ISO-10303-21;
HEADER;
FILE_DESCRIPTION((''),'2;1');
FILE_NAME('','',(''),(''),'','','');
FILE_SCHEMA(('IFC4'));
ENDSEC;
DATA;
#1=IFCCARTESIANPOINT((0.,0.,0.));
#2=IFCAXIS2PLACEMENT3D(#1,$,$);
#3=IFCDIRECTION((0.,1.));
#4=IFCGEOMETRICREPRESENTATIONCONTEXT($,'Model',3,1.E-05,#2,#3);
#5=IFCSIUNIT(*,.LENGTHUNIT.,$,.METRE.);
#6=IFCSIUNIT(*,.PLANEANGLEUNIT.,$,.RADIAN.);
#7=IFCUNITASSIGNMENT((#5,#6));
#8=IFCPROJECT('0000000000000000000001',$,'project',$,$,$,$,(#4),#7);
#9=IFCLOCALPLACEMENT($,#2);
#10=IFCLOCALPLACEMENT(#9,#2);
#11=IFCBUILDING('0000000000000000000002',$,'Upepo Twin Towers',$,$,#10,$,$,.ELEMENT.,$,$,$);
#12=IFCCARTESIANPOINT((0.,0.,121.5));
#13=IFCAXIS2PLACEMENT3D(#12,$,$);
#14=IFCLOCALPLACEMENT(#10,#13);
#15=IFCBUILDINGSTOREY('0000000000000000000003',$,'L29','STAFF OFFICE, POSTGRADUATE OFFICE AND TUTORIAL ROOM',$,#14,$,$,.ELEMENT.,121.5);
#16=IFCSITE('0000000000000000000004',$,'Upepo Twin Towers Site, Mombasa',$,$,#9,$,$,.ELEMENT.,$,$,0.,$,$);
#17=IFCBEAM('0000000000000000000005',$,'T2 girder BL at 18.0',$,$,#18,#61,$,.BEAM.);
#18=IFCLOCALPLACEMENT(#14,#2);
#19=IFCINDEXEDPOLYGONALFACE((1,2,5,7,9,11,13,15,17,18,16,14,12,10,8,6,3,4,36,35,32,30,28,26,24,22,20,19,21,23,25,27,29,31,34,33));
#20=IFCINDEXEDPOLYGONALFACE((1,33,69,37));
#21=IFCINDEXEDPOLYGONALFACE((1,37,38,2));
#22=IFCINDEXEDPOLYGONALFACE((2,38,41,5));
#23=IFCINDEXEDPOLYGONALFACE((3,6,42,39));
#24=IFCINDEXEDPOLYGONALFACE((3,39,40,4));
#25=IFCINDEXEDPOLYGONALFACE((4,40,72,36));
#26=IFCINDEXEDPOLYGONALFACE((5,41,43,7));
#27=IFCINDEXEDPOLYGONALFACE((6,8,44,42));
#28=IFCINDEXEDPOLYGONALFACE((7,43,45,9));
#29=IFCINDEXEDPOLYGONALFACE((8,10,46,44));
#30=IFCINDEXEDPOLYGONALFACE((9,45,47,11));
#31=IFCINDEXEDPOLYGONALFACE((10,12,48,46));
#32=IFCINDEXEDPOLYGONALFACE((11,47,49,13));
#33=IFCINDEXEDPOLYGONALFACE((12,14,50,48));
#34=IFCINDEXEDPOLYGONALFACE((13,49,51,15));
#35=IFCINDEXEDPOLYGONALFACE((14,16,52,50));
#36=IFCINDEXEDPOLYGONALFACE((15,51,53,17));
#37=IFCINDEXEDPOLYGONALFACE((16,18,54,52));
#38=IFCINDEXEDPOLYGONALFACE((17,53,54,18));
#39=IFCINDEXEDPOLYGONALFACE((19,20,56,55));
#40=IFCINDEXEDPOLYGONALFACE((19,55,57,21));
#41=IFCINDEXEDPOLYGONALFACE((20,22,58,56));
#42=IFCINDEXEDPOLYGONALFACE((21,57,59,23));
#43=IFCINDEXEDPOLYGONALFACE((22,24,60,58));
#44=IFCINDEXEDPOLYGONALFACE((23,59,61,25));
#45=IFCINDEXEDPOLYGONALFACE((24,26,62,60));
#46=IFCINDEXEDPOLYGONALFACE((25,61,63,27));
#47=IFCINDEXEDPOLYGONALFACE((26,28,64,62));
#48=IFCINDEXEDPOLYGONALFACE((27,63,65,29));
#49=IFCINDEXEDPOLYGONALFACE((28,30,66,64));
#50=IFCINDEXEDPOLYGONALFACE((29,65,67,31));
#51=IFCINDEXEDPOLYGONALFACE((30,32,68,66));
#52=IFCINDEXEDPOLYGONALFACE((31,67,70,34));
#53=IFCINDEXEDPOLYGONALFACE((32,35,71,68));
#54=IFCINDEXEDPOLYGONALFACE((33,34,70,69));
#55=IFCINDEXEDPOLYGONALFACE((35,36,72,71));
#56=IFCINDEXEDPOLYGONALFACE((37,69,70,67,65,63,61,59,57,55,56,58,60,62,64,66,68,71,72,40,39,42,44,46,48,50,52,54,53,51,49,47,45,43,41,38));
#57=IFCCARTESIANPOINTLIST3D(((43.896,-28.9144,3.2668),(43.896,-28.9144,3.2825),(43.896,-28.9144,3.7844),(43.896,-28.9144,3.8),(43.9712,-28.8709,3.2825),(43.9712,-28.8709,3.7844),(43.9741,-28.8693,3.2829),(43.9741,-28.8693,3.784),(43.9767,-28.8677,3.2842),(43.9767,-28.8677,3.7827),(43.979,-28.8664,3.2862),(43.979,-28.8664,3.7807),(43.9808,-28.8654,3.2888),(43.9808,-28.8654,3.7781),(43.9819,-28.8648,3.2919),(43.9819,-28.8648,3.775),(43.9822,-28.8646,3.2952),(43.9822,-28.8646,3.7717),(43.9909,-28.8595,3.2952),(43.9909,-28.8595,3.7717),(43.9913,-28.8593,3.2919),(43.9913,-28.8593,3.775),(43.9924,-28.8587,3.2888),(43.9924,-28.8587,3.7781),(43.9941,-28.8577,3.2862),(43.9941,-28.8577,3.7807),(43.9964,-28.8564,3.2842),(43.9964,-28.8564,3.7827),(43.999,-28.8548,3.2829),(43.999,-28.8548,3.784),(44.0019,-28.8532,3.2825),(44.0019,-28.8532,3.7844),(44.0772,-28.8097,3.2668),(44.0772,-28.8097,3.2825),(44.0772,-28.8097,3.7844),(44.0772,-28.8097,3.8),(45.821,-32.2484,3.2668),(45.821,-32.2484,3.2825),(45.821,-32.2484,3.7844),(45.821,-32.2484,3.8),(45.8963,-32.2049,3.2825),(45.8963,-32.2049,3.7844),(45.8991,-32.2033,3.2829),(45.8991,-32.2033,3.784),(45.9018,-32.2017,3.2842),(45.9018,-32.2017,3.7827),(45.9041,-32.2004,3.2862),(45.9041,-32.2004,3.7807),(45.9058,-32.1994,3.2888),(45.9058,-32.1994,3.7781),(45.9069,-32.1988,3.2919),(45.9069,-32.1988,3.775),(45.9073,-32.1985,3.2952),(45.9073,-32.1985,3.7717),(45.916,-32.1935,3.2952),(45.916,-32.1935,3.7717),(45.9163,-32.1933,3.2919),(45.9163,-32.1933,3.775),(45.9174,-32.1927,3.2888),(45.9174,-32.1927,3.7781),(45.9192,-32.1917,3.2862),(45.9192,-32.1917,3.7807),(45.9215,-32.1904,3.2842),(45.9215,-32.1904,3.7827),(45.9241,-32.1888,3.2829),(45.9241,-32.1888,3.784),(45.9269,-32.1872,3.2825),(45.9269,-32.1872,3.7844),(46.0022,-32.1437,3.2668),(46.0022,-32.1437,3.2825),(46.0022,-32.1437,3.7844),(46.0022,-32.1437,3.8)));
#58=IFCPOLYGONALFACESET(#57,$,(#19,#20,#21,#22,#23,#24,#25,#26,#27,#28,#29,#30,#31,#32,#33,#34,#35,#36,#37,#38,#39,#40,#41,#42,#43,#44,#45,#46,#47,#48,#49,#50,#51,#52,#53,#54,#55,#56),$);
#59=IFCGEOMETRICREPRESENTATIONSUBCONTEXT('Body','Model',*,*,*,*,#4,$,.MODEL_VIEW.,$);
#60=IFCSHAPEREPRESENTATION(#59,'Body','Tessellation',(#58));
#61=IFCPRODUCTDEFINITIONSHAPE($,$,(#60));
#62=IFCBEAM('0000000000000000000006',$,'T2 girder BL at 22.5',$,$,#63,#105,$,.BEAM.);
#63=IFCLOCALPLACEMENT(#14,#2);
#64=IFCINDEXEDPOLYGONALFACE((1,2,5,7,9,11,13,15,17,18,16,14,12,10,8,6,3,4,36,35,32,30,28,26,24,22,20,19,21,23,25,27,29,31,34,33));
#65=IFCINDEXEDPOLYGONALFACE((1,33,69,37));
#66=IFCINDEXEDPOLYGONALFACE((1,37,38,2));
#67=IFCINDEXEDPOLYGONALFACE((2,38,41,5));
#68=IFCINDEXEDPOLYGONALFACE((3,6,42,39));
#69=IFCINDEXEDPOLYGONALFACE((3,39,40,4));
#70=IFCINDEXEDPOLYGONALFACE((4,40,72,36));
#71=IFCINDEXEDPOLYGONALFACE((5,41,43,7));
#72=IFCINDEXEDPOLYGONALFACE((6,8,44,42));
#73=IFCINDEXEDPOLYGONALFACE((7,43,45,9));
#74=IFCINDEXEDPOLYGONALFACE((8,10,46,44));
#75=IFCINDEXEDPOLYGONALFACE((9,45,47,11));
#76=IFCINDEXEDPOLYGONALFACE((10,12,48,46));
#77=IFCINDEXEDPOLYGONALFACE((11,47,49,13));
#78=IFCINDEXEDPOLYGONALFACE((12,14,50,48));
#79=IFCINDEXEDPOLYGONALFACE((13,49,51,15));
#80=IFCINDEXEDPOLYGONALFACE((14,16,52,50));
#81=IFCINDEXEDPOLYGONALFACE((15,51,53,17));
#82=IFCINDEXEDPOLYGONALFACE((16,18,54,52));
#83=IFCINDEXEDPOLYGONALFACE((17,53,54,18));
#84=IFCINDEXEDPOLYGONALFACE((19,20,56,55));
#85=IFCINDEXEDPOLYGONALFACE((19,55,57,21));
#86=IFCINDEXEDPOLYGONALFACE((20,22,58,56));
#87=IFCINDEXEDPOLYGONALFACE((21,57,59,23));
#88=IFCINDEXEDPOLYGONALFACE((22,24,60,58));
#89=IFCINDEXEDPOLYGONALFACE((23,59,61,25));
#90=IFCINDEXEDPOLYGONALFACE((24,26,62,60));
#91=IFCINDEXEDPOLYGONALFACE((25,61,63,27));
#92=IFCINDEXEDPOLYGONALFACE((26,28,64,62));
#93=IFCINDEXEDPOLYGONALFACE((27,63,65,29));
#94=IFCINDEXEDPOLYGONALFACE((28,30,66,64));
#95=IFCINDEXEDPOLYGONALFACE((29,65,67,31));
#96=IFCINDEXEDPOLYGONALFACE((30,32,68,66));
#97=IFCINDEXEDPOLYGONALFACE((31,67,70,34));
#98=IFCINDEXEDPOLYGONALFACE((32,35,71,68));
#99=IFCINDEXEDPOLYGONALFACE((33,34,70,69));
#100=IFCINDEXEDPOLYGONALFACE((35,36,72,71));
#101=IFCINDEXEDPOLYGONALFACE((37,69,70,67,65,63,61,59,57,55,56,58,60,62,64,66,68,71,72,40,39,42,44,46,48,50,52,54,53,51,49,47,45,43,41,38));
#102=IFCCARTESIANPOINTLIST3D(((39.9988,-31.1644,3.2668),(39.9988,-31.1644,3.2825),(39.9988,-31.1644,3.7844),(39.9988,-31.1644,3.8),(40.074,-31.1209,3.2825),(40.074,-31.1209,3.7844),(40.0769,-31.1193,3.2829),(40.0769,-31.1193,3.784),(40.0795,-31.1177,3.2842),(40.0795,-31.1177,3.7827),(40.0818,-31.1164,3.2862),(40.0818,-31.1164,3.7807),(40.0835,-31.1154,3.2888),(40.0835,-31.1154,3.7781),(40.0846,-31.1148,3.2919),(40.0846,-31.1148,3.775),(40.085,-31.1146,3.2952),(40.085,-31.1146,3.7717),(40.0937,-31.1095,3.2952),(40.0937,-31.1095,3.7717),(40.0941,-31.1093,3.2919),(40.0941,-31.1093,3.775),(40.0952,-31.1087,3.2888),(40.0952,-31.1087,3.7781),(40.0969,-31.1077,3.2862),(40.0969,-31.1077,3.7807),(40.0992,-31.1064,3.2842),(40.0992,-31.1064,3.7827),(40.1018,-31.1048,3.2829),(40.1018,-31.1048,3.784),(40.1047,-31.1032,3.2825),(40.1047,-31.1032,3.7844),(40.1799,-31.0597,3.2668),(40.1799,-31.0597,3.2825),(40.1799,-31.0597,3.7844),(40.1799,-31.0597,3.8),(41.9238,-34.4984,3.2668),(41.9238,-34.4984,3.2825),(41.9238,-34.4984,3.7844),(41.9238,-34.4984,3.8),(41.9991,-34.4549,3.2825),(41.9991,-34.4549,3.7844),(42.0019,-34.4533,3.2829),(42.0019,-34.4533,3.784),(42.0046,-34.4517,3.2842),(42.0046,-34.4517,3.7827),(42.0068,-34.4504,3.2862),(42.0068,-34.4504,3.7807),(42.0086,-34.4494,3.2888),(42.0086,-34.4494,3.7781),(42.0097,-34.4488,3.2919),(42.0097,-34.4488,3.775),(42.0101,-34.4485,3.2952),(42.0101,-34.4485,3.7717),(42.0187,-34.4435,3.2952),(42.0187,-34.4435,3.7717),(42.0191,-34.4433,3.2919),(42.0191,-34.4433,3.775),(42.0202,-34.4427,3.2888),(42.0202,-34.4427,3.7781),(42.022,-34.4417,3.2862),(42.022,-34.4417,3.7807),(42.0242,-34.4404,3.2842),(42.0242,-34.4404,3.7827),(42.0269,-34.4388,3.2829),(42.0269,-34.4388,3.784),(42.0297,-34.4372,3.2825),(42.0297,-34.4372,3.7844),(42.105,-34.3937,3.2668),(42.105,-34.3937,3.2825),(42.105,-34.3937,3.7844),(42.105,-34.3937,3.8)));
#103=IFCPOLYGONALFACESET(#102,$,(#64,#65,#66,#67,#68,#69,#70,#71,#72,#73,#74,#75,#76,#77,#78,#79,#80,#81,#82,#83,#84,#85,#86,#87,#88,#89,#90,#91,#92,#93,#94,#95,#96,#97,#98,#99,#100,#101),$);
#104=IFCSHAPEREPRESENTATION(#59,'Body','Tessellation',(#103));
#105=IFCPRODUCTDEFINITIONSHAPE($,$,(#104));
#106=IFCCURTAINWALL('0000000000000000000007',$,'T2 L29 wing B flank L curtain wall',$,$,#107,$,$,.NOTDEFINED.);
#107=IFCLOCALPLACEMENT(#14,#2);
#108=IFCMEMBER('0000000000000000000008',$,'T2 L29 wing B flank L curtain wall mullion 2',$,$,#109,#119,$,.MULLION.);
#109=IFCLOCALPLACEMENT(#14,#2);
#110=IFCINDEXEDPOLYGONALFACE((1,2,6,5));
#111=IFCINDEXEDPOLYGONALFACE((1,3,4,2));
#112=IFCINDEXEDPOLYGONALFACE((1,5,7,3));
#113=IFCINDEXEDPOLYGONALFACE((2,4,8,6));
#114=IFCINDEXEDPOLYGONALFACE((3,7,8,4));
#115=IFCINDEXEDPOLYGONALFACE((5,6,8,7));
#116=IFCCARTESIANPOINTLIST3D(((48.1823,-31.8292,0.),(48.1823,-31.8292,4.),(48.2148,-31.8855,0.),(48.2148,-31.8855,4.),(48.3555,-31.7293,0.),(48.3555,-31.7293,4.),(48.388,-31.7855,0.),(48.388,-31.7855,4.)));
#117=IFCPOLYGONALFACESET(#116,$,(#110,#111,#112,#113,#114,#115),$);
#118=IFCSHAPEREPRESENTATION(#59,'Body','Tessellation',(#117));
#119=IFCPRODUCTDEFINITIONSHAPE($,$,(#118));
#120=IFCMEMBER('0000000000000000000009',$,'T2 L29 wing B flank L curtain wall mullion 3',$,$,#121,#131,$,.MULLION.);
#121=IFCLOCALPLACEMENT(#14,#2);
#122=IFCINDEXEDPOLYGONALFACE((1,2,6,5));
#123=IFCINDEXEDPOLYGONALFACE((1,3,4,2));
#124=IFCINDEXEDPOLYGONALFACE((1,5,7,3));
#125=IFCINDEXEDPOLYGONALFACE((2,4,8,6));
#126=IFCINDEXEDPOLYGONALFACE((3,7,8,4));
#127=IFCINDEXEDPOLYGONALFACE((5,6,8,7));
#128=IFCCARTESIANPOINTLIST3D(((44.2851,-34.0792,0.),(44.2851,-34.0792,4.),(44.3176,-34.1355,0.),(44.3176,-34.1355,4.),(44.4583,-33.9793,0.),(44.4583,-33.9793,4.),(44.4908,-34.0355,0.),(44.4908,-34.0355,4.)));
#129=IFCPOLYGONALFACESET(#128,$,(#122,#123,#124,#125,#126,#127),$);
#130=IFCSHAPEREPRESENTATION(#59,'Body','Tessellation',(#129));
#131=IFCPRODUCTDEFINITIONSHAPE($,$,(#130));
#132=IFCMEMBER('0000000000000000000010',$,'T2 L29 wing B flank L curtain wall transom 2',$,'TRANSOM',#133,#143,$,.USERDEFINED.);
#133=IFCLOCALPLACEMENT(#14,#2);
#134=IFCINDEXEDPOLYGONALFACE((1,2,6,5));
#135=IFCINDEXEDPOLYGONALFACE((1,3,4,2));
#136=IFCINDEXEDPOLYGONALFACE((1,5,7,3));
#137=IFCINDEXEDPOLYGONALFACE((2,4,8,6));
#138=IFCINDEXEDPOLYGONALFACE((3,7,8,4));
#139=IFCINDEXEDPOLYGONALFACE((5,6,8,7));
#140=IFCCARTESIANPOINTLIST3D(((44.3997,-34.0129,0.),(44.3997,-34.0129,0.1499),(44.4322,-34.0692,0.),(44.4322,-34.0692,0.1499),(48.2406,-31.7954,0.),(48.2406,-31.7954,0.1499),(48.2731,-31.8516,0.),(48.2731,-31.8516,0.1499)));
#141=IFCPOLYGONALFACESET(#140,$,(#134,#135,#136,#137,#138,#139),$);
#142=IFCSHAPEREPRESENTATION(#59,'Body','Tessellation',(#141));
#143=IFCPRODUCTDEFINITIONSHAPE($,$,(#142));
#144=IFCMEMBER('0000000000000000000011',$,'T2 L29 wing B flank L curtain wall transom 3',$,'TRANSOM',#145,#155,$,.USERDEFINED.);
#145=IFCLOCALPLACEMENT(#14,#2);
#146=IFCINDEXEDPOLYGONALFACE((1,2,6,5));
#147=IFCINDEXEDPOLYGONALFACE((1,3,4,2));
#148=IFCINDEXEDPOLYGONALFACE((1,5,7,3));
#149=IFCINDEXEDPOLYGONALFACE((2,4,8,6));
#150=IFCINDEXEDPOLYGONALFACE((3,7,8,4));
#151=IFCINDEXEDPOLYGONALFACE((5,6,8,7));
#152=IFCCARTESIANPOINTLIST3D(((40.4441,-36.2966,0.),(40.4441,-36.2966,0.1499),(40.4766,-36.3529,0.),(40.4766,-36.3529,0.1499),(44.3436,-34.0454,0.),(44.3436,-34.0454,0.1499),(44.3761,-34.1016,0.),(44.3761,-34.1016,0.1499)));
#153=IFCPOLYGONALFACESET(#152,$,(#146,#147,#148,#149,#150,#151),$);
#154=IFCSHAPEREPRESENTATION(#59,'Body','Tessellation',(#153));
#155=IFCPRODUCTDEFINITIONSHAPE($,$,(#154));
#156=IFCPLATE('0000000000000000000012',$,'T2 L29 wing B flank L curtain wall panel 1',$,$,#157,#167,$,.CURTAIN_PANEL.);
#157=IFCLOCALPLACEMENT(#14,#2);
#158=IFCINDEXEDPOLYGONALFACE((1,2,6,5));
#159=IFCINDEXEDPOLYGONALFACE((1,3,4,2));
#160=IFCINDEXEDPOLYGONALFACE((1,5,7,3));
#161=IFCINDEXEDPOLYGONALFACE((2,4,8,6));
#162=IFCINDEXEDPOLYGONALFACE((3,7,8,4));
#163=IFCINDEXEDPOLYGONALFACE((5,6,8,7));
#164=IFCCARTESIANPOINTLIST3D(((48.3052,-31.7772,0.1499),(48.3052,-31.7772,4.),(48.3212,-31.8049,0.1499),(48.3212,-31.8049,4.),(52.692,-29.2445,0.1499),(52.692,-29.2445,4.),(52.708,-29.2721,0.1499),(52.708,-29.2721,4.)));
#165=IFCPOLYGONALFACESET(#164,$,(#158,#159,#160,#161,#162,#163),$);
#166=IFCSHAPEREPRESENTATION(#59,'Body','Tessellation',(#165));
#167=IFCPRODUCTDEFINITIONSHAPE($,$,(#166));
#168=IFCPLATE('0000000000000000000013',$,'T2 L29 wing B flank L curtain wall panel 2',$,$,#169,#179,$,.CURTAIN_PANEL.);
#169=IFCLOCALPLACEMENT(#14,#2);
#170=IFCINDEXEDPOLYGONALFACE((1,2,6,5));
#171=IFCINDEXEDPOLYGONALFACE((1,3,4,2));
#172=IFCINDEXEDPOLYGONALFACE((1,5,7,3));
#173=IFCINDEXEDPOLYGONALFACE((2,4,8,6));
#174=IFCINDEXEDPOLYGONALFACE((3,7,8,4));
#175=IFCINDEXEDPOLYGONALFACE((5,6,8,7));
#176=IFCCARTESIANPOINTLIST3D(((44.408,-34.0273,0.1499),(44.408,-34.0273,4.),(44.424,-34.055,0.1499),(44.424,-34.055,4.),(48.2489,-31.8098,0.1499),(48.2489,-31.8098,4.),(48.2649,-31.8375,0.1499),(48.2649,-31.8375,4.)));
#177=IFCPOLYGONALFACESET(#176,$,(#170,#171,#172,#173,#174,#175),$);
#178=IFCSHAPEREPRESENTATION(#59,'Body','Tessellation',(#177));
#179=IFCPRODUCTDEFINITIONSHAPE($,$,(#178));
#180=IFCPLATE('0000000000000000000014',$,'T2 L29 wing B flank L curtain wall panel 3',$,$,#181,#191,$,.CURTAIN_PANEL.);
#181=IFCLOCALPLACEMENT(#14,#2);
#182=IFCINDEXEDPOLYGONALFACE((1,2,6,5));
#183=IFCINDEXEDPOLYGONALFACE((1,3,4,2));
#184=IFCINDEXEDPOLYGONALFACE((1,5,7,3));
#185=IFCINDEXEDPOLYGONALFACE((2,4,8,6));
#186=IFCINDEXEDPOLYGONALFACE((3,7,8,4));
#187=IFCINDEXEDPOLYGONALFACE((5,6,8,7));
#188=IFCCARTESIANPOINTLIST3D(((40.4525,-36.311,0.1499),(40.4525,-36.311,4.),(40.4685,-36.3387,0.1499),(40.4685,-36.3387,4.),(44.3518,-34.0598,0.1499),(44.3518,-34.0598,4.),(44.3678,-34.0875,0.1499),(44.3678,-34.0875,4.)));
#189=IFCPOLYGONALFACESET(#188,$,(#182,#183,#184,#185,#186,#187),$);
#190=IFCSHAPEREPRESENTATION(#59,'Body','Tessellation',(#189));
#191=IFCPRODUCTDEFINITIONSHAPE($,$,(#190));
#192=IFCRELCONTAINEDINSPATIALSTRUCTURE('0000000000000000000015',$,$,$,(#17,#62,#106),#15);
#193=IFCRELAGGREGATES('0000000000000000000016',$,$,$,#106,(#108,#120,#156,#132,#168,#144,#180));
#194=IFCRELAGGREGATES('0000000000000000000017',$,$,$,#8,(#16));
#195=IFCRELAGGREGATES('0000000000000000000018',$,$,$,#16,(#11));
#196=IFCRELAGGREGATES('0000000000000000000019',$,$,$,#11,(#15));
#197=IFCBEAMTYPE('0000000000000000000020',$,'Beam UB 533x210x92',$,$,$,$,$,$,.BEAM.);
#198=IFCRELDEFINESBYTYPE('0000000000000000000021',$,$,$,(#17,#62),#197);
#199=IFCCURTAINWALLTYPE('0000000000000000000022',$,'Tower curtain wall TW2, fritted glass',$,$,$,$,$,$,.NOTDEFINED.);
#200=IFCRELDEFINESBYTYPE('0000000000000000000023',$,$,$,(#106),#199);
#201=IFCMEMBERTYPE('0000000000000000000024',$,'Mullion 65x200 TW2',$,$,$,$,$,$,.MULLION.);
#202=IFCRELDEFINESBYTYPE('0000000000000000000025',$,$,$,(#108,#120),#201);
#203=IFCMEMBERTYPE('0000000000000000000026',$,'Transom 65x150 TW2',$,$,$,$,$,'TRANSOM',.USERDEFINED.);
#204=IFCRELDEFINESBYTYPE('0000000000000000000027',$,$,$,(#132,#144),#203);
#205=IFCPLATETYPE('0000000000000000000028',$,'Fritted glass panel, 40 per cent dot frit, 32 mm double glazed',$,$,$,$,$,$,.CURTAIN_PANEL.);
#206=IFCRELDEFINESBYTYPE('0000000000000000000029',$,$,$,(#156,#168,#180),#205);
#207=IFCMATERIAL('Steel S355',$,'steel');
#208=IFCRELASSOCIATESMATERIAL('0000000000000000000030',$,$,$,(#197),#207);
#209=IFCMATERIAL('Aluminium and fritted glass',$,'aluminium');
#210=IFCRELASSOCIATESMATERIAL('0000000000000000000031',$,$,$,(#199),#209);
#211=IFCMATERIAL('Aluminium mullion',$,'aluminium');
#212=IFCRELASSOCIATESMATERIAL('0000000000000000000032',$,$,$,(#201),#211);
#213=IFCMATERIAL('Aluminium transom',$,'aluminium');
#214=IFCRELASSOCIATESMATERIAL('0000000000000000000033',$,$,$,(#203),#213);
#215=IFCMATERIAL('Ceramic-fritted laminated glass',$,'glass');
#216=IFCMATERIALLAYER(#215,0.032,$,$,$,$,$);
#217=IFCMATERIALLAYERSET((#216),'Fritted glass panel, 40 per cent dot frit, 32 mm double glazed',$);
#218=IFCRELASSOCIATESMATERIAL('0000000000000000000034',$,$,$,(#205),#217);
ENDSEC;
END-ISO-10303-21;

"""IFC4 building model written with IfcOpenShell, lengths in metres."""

from ifc_helpers import new_model, si_unit, direction, frame, origin, origin_2d, place, context, subcontext, project, spatial, rectangle, i_section, extrude, material, layer, layer_set, material_profile, profile_set, type_object, element, aggregate, save


model = new_model("IFC4")

# Units and contexts
model_context = context("Model", 3, precision=1e-05, world=origin(), true_north=direction((0.0, 1.0)))
body_context = subcontext(model_context, "Body", "Model", "MODEL_VIEW")
ifc_project = project(units=[si_unit("LENGTHUNIT", "METRE"), si_unit("PLANEANGLEUNIT", "RADIAN")], contexts=[model_context])

# Site, building, storey
site_placement = place(None, origin())
site = spatial("IfcSite", under=ifc_project, at=site_placement, Name="Upepo Twin Towers Site, Mombasa", CompositionType="ELEMENT", RefElevation=0.0)
building_placement = place(site_placement, origin())
building = spatial("IfcBuilding", under=site, at=building_placement, Name="Upepo Twin Towers", CompositionType="ELEMENT")
storey_placement = place(building_placement, frame((0.0, 0.0, 121.5)))
storey = spatial("IfcBuildingStorey", under=building, at=storey_placement, Name="L29", Description="STAFF OFFICE, POSTGRADUATE OFFICE AND TUTORIAL ROOM", CompositionType="ELEMENT", Elevation=121.5)

# Beams
ifc_material_1 = material(Name="Steel S355", Category="steel")
ifc_material_profile_1 = material_profile(ifc_material_1, i_section(OverallWidth=0.2092, OverallDepth=0.5332, WebThickness=0.01, FlangeThickness=0.0156, FilletRadius=0.0127, at=origin_2d()), Name="UB 533x210x92")
ifc_profile_set_1 = profile_set([ifc_material_profile_1], Name="Steel S355")
beam_type_1 = type_object("IfcBeamType", Name="Beam UB 533x210x92", PredefinedType="BEAM", material=ifc_profile_set_1)
for number, where, z_axis, x_axis, name in (
    (1, (45.9116, -32.196, 3.5334), (-0.500034, 0.866006, 0.0), (-0.866006, -0.500034, 0.0), "T2 girder BL at 18.0"),
    (2, (42.0144, -34.446, 3.5334), (-0.500034, 0.866006, 0.0), (-0.866006, -0.500034, 0.0), "T2 girder BL at 22.5"),
):
    element("IfcBeam", number, at=place(storey_placement, frame(where, z_axis=z_axis, x_axis=x_axis)), inside=storey, type_object=beam_type_1, Name=name, PredefinedType="BEAM", context=body_context, shape_type="SweptSolid", body=[
        extrude(i_section(OverallWidth=0.2092, OverallDepth=0.5332, WebThickness=0.01, FlangeThickness=0.0156, FilletRadius=0.0127, at=origin_2d()), origin(), (0.0, 0.0, 1.0), 3.8499),
    ])

# Curtain wall, members, plates
ifc_material_2 = material(Name="Aluminium and fritted glass", Category="aluminium")
curtain_wall_type = type_object("IfcCurtainWallType", Name="Tower curtain wall TW2, fritted glass", PredefinedType="NOTDEFINED", material=ifc_material_2)
curtain_wall_placement = place(storey_placement, origin())
curtain_wall = element("IfcCurtainWall", 3, at=curtain_wall_placement, inside=storey, type_object=curtain_wall_type, Name="T2 L29 wing B flank L curtain wall", PredefinedType="NOTDEFINED")
ifc_material_3 = material(Name="Aluminium mullion", Category="aluminium")
ifc_material_profile_2 = material_profile(ifc_material_3, rectangle(XDim=0.0649, YDim=0.2, at=origin_2d()), Name="MULLION 65x200")
ifc_profile_set_2 = profile_set([ifc_material_profile_2], Name="Aluminium mullion")
member_type_1 = type_object("IfcMemberType", Name="Mullion 65x200 TW2", PredefinedType="MULLION", material=ifc_profile_set_2)
member_1_placement = place(storey_placement, frame((48.2852, -31.8074, 0.0), z_axis=(0.0, 0.0, 1.0), x_axis=(0.5, -0.866025, 0.0)))
member_1 = element("IfcMember", 4, at=member_1_placement, type_object=member_type_1, Name="T2 L29 wing B flank L curtain wall mullion 2", PredefinedType="MULLION", context=body_context, shape_type="SweptSolid", body=[
    extrude(rectangle(XDim=0.0649, YDim=0.2, at=origin_2d()), origin(), (0.0, 0.0, 1.0), 4.0),
])
member_2_placement = place(storey_placement, frame((44.3879, -34.0574, 0.0), z_axis=(0.0, 0.0, 1.0), x_axis=(0.5, -0.866025, 0.0)))
member_2 = element("IfcMember", 5, at=member_2_placement, type_object=member_type_1, Name="T2 L29 wing B flank L curtain wall mullion 3", PredefinedType="MULLION", context=body_context, shape_type="SweptSolid", body=[
    extrude(rectangle(XDim=0.0649, YDim=0.2, at=origin_2d()), origin(), (0.0, 0.0, 1.0), 4.0),
])
ifc_material_4 = material(Name="Aluminium transom", Category="aluminium")
ifc_material_profile_3 = material_profile(ifc_material_4, rectangle(XDim=0.0649, YDim=0.1499, at=origin_2d()), Name="TRANSOM 65x150")
ifc_profile_set_3 = profile_set([ifc_material_profile_3], Name="Aluminium transom")
member_type_2 = type_object("IfcMemberType", Name="Transom 65x150 TW2", ElementType="TRANSOM", PredefinedType="USERDEFINED", material=ifc_profile_set_3)
member_3_placement = place(storey_placement, frame((48.2568, -31.8235, 0.075), z_axis=(-0.866022, -0.500005, 0.0), x_axis=(0.500005, -0.866022, 0.0)))
member_3 = element("IfcMember", 6, at=member_3_placement, type_object=member_type_2, Name="T2 L29 wing B flank L curtain wall transom 2", ObjectType="TRANSOM", PredefinedType="USERDEFINED", context=body_context, shape_type="SweptSolid", body=[
    extrude(rectangle(XDim=0.0649, YDim=0.1499, at=origin_2d()), origin(), (0.0, 0.0, 1.0), 4.4351),
])
member_4_placement = place(storey_placement, frame((44.3599, -34.0735, 0.075), z_axis=(-0.866036, -0.499982, 0.0), x_axis=(0.499982, -0.866036, 0.0)))
member_4 = element("IfcMember", 7, at=member_4_placement, type_object=member_type_2, Name="T2 L29 wing B flank L curtain wall transom 3", ObjectType="TRANSOM", PredefinedType="USERDEFINED", context=body_context, shape_type="SweptSolid", body=[
    extrude(rectangle(XDim=0.0649, YDim=0.1499, at=origin_2d()), origin(), (0.0, 0.0, 1.0), 4.5027),
])
ifc_material_5 = material(Name="Ceramic-fritted laminated glass", Category="glass")
ifc_layer_1 = layer(ifc_material_5, 0.032)
ifc_layer_set_1 = layer_set([ifc_layer_1], Name="Fritted glass panel, 40 per cent dot frit, 32 mm double glazed")
plate_type = type_object("IfcPlateType", Name="Fritted glass panel, 40 per cent dot frit, 32 mm double glazed", PredefinedType="CURTAIN_PANEL", material=ifc_layer_set_1)
plate_1_placement = place(storey_placement, frame((50.5066, -30.5247, 0.1499), z_axis=(0.0, 0.0, 1.0), x_axis=(-0.866025, -0.5, 0.0)))
plate_1 = element("IfcPlate", 8, at=plate_1_placement, type_object=plate_type, Name="T2 L29 wing B flank L curtain wall panel 1", PredefinedType="CURTAIN_PANEL", context=body_context, shape_type="SweptSolid", body=[
    extrude(rectangle(XDim=5.0654, YDim=0.032, at=origin_2d()), origin(), (0.0, 0.0, 1.0), 3.8501),
])
plate_2_placement = place(storey_placement, frame((46.3364, -32.9324, 0.1499), z_axis=(0.0, 0.0, 1.0), x_axis=(-0.866025, -0.5, 0.0)))
plate_2 = element("IfcPlate", 9, at=plate_2_placement, type_object=plate_type, Name="T2 L29 wing B flank L curtain wall panel 2", PredefinedType="CURTAIN_PANEL", context=body_context, shape_type="SweptSolid", body=[
    extrude(rectangle(XDim=4.4351, YDim=0.032, at=origin_2d()), origin(), (0.0, 0.0, 1.0), 3.8501),
])
plate_3_placement = place(storey_placement, frame((42.4102, -35.1992, 0.1499), z_axis=(0.0, 0.0, 1.0), x_axis=(-0.866025, -0.5, 0.0)))
plate_3 = element("IfcPlate", 10, at=plate_3_placement, type_object=plate_type, Name="T2 L29 wing B flank L curtain wall panel 3", PredefinedType="CURTAIN_PANEL", context=body_context, shape_type="SweptSolid", body=[
    extrude(rectangle(XDim=4.5024, YDim=0.032, at=origin_2d()), origin(), (0.0, 0.0, 1.0), 3.8501),
])
aggregate(curtain_wall, [member_1, member_2, plate_1, member_3, plate_2, member_4, plate_3])

save(model, "model.ifc")
